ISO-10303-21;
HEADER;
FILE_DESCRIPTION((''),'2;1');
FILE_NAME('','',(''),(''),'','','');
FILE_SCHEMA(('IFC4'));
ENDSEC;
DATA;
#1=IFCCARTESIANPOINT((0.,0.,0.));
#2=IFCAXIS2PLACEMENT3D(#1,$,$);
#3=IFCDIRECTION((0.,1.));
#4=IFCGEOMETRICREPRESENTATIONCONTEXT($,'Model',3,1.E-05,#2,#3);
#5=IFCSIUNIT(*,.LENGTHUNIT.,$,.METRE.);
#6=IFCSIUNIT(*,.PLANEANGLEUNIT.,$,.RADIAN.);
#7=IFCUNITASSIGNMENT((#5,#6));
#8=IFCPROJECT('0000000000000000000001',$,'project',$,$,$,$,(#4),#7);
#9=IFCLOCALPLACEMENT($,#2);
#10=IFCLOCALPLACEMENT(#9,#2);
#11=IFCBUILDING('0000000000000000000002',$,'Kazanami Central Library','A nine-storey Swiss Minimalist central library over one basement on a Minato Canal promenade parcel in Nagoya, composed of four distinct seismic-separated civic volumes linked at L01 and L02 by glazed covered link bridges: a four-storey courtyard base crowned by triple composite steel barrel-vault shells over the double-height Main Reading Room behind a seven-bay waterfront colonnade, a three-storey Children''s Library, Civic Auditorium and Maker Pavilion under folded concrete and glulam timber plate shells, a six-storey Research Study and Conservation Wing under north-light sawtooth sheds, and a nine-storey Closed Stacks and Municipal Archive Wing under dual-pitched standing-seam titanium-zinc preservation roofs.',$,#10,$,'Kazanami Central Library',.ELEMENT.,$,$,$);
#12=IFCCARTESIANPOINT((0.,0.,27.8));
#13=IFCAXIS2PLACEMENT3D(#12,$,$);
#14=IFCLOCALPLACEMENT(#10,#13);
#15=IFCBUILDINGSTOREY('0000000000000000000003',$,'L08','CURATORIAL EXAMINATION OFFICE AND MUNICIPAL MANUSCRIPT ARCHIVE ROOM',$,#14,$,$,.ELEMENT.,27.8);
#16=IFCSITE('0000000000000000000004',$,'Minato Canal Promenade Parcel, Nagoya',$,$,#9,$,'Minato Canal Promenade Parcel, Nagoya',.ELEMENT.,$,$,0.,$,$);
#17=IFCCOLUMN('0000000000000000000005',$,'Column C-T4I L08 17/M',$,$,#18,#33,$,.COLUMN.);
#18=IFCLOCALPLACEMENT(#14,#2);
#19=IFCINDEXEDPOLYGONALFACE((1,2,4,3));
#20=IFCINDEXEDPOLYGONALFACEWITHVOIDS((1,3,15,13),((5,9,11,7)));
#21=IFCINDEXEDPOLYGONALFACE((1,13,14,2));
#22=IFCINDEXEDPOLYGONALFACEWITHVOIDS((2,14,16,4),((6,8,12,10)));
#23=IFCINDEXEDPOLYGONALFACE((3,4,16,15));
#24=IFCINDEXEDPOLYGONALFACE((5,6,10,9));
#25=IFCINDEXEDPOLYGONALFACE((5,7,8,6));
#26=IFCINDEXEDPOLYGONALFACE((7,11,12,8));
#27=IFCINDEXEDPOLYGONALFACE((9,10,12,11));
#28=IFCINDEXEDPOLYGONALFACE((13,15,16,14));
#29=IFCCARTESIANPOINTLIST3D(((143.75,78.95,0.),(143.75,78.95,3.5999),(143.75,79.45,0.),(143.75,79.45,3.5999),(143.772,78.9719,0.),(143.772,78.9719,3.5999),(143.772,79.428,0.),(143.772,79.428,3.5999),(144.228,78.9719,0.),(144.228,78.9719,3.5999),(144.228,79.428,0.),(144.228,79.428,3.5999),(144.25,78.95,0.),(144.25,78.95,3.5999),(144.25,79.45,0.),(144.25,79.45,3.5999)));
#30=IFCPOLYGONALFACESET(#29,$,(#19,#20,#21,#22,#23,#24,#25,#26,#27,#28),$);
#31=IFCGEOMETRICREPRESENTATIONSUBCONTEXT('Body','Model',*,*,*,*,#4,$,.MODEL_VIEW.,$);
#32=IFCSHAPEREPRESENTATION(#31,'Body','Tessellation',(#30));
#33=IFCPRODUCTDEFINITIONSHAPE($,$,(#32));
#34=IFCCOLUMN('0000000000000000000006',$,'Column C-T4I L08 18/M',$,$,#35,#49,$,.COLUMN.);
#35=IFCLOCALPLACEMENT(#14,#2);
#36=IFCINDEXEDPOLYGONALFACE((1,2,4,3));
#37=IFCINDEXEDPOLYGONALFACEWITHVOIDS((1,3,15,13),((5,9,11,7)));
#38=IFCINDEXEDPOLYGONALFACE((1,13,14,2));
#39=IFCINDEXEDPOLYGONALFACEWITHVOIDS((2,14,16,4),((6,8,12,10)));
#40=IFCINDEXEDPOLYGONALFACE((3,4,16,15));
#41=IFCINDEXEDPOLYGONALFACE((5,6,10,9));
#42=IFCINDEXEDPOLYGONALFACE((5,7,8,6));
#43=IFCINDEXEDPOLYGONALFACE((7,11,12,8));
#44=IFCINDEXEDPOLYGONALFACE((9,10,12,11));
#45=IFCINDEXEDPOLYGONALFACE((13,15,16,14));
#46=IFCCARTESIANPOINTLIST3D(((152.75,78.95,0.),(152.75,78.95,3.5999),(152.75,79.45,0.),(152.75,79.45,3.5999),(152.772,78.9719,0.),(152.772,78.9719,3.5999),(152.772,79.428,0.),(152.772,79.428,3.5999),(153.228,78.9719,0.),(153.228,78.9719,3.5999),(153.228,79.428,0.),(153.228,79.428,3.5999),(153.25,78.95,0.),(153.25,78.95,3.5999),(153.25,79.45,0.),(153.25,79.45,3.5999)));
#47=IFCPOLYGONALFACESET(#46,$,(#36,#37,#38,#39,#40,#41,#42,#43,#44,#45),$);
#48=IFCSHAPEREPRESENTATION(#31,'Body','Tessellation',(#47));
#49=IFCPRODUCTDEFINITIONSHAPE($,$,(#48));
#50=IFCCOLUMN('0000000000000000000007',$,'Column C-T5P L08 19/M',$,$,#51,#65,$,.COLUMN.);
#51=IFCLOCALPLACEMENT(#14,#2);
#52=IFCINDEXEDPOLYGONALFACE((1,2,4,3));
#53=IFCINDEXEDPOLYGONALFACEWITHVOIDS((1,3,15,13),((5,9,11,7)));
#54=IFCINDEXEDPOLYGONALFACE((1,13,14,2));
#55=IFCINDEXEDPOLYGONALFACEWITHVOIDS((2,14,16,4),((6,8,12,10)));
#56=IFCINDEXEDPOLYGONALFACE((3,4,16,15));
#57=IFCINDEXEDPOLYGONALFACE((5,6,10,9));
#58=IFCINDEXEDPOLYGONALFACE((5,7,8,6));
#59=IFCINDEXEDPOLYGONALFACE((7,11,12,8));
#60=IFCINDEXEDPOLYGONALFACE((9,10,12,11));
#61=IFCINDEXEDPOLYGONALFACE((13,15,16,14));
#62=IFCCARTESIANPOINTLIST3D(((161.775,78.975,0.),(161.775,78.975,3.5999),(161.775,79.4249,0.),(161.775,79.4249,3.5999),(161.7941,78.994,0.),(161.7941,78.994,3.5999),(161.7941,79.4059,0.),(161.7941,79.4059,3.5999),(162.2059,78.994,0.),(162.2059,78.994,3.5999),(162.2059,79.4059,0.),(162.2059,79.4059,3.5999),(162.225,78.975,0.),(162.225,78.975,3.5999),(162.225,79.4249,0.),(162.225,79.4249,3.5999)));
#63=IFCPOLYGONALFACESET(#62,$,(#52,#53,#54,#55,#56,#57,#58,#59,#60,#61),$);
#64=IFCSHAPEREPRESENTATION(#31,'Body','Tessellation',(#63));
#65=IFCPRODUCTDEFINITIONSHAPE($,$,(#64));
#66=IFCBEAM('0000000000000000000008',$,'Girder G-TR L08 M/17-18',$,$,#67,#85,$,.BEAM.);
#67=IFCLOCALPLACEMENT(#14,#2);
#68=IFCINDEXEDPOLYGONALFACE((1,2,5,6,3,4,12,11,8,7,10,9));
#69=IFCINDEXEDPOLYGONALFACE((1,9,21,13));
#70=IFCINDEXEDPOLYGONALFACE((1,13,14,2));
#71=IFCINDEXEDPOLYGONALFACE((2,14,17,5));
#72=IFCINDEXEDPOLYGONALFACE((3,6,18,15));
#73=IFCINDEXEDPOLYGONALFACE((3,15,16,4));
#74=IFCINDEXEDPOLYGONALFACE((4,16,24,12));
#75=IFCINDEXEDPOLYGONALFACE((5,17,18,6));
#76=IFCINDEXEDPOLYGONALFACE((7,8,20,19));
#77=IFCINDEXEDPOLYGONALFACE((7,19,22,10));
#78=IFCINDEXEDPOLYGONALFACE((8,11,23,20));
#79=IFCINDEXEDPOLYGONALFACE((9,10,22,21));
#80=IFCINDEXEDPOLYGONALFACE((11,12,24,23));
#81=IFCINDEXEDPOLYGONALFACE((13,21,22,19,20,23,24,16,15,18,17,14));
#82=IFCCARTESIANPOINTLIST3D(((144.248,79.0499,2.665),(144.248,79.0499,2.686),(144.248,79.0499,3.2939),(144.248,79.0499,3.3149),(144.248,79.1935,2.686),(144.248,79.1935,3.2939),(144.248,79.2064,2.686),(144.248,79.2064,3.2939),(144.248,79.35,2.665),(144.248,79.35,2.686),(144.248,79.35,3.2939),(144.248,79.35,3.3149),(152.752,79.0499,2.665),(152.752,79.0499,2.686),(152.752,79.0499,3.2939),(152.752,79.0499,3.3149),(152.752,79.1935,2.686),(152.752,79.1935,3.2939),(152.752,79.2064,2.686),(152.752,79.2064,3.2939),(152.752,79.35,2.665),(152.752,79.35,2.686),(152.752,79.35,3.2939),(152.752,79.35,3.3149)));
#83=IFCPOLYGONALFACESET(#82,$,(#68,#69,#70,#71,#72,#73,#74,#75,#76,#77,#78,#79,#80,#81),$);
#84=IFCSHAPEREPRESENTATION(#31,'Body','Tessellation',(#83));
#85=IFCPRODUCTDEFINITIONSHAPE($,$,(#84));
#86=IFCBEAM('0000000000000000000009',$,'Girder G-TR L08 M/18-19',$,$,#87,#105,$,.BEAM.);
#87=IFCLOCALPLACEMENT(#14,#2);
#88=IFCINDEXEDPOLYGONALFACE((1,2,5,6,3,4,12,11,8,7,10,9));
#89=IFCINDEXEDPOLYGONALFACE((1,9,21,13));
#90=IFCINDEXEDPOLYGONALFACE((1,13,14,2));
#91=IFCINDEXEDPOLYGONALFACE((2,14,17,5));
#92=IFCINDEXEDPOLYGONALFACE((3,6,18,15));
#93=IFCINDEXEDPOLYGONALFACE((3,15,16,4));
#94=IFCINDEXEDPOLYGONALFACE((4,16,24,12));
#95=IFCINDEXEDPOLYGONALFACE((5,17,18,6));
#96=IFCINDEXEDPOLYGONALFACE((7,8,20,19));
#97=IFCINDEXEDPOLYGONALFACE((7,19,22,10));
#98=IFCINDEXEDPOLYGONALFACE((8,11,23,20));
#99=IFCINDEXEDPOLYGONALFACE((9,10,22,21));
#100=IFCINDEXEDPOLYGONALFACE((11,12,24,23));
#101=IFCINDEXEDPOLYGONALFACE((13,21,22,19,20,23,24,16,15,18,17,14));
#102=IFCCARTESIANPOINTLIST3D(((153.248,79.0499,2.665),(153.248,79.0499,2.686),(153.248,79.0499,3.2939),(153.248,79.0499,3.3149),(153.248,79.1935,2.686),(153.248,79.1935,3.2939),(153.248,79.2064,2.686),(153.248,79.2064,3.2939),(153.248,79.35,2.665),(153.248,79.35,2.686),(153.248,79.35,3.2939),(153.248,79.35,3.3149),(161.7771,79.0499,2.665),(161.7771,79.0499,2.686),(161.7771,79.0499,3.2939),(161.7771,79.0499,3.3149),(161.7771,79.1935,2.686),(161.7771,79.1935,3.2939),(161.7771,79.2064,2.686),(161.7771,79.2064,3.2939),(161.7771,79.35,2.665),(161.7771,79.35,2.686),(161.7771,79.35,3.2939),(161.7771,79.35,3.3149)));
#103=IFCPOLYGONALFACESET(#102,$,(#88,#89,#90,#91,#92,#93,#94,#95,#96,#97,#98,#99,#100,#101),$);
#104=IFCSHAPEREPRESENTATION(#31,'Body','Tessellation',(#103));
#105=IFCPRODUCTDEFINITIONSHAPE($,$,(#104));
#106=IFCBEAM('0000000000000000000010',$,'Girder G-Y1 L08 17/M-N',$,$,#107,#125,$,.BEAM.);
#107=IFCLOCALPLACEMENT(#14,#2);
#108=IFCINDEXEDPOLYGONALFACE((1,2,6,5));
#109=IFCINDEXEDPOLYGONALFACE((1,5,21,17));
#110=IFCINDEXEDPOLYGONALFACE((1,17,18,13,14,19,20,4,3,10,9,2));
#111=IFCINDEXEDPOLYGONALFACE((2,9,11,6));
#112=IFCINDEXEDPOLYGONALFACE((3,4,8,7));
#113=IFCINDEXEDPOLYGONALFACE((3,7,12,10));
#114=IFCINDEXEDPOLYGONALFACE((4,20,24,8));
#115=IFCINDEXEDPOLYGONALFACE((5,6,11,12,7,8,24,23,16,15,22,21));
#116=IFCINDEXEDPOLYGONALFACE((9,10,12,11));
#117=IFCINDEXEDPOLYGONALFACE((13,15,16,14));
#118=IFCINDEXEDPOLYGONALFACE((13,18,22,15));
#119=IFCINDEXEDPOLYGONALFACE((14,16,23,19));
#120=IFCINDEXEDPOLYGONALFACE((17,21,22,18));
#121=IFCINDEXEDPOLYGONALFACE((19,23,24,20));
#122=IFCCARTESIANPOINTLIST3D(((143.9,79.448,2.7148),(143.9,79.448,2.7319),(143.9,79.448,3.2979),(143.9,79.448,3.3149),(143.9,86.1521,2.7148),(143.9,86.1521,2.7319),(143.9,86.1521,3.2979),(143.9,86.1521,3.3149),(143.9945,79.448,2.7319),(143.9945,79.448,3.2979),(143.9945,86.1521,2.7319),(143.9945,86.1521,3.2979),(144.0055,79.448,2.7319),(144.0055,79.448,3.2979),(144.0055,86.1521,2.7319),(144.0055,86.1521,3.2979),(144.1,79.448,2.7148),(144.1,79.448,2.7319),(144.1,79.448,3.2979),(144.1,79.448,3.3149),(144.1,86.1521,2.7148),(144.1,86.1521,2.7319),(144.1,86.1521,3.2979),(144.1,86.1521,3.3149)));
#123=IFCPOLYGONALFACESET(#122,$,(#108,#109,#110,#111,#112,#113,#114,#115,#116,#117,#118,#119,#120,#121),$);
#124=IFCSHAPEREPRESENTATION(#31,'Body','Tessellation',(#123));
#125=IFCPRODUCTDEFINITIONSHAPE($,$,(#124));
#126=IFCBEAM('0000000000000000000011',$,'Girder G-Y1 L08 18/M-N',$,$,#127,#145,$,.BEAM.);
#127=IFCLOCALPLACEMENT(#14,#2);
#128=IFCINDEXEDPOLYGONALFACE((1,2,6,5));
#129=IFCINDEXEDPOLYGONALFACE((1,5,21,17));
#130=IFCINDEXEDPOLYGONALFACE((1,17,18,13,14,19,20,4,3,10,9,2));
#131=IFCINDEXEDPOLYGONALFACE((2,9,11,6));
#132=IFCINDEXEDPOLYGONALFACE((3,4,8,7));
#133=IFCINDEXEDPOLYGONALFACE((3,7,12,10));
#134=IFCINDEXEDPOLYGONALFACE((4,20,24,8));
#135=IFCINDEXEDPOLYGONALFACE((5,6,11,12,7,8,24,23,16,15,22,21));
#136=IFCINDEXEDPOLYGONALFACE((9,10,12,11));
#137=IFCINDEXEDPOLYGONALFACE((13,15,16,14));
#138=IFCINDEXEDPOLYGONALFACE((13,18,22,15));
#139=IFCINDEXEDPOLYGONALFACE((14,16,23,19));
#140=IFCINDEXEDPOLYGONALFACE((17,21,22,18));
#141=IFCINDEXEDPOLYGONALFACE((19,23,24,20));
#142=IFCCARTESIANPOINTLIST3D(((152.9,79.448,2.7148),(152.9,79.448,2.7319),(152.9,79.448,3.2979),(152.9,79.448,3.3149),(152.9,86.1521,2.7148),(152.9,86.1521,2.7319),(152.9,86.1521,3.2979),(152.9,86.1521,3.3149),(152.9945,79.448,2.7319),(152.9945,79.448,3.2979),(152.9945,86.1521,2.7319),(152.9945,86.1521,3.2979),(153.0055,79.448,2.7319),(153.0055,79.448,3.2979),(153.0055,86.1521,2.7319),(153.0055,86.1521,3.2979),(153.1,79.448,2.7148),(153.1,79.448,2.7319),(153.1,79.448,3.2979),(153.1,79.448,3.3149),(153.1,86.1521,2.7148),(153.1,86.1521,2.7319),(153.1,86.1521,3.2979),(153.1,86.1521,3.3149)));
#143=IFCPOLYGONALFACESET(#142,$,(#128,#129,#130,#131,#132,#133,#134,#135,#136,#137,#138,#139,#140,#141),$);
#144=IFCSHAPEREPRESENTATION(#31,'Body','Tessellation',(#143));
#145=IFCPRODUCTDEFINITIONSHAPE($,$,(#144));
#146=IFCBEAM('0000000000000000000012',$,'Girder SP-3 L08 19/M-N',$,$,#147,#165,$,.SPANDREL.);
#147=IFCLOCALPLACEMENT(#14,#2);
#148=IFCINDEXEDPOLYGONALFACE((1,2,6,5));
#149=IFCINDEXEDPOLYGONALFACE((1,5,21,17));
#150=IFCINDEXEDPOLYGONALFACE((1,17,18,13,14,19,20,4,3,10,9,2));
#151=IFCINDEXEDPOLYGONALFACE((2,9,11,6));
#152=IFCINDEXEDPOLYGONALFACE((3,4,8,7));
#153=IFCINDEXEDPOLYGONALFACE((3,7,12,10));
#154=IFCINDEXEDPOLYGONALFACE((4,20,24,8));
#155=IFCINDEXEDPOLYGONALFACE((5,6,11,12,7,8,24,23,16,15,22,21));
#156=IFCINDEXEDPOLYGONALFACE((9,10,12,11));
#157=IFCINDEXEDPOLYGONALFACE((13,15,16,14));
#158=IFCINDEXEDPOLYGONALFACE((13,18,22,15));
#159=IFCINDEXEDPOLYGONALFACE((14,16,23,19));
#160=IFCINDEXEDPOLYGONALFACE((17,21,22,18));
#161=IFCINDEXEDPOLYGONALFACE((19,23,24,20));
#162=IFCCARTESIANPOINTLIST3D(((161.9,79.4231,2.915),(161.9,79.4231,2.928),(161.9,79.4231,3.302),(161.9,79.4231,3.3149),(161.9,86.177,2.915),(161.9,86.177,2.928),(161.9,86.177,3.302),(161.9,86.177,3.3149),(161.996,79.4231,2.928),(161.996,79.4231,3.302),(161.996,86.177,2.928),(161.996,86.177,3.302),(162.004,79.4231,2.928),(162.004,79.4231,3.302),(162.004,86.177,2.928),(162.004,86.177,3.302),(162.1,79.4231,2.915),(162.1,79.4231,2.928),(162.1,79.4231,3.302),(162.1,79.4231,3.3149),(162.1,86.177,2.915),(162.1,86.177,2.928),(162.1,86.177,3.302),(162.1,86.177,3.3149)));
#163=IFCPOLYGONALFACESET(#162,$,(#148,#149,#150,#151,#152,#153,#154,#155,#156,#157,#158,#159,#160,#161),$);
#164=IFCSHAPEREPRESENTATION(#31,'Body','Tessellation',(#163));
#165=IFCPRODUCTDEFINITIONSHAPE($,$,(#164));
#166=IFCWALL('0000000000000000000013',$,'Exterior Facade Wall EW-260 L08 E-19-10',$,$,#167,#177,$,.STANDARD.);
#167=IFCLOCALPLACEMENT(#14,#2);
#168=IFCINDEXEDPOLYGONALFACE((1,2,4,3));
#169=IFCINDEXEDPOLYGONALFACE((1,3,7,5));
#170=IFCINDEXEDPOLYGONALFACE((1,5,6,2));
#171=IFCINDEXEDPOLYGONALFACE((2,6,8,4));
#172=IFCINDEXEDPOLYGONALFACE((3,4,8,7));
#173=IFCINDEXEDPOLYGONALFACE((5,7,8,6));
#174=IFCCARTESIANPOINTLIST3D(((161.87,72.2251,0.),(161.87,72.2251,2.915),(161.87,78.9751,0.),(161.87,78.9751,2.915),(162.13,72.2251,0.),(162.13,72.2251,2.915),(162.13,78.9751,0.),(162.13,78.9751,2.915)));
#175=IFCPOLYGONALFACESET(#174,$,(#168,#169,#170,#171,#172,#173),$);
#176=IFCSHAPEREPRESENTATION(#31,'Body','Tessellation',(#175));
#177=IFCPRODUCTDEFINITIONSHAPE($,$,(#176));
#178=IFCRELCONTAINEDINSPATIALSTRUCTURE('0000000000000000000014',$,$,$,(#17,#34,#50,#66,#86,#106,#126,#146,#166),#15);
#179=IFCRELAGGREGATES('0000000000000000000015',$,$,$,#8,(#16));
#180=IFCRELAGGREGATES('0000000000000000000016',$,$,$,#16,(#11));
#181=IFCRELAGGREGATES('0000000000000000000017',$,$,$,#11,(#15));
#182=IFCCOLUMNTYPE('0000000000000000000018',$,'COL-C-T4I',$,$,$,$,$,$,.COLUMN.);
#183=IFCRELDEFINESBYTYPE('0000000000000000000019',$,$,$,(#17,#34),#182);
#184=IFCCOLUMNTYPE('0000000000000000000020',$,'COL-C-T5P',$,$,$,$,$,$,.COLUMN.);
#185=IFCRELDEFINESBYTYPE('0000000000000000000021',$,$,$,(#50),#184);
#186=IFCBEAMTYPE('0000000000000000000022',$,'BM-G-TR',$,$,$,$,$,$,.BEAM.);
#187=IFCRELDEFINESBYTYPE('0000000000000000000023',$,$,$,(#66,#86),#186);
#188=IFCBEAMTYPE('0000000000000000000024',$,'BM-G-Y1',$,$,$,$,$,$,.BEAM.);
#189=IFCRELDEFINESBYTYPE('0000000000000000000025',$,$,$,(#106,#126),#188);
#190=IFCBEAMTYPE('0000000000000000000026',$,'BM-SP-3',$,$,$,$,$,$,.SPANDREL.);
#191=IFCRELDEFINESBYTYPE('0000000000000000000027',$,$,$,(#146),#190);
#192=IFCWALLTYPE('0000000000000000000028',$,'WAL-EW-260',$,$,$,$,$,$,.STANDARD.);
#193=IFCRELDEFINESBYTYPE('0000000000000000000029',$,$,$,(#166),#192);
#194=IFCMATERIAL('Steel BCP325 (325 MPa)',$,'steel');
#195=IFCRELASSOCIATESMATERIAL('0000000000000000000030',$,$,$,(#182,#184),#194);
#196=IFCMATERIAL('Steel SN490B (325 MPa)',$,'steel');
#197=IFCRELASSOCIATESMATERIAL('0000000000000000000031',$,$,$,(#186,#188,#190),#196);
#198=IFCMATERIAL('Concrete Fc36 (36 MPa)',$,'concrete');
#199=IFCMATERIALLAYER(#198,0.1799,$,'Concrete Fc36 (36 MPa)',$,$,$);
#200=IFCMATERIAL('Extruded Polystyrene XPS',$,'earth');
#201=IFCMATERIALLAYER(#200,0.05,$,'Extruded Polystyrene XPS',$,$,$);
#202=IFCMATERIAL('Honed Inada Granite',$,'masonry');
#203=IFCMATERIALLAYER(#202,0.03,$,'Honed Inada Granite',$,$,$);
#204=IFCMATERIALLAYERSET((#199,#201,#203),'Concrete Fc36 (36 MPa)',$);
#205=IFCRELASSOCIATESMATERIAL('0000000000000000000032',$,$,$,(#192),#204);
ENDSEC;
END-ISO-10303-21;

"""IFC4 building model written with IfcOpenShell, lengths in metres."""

from ifc_helpers import new_model, si_unit, direction, frame, frame_2d, origin, origin_2d, place, context, subcontext, project, spatial, rectangle, hollow_rectangle, i_section, extrude, material, layer, layer_set, material_profile, profile_set, type_object, element, save


model = new_model("IFC4")

# Units and contexts
model_context = context("Model", 3, precision=1e-05, world=origin(), true_north=direction((0.0, 1.0)))
body_context = subcontext(model_context, "Body", "Model", "MODEL_VIEW")
ifc_project = project(units=[si_unit("LENGTHUNIT", "METRE"), si_unit("PLANEANGLEUNIT", "RADIAN")], contexts=[model_context])

# Site, building, storey
site_placement = place(None, origin())
site = spatial("IfcSite", under=ifc_project, at=site_placement, Name="Minato Canal Promenade Parcel, Nagoya", LongName="Minato Canal Promenade Parcel, Nagoya", CompositionType="ELEMENT", RefElevation=0.0)
building_placement = place(site_placement, origin())
building = spatial("IfcBuilding", under=site, at=building_placement, Name="Kazanami Central Library", Description="A nine-storey Swiss Minimalist central library over one basement on a Minato Canal promenade parcel in Nagoya, composed of four distinct seismic-separated civic volumes linked at L01 and L02 by glazed covered link bridges: a four-storey courtyard base crowned by triple composite steel barrel-vault shells over the double-height Main Reading Room behind a seven-bay waterfront colonnade, a three-storey Children's Library, Civic Auditorium and Maker Pavilion under folded concrete and glulam timber plate shells, a six-storey Research Study and Conservation Wing under north-light sawtooth sheds, and a nine-storey Closed Stacks and Municipal Archive Wing under dual-pitched standing-seam titanium-zinc preservation roofs.", LongName="Kazanami Central Library", CompositionType="ELEMENT")
storey_placement = place(building_placement, frame((0.0, 0.0, 27.8)))
storey = spatial("IfcBuildingStorey", under=building, at=storey_placement, Name="L08", Description="CURATORIAL EXAMINATION OFFICE AND MUNICIPAL MANUSCRIPT ARCHIVE ROOM", CompositionType="ELEMENT", Elevation=27.8)

# Columns
ifc_material_1 = material(Name="Steel BCP325 (325 MPa)", Category="steel")
ifc_material_profile_1 = material_profile(ifc_material_1, hollow_rectangle(XDim=0.5, YDim=0.5, WallThickness=0.022, at=origin_2d()), Name="BCP-500x500x22")
ifc_profile_set_1 = profile_set([ifc_material_profile_1], Name="Steel BCP325 (325 MPa)")
column_type_1 = type_object("IfcColumnType", Name="COL-C-T4I", PredefinedType="COLUMN", material=ifc_profile_set_1)
for number, where, z_axis, x_axis, name in (
    (1, (144.0, 79.2, 0.0), (0.0, 0.0, 1.0), (1.0, 0.0, 0.0), "Column C-T4I L08 17/M"),
    (2, (153.0, 79.2, 0.0), (0.0, 0.0, 1.0), (1.0, 0.0, 0.0), "Column C-T4I L08 18/M"),
):
    element("IfcColumn", number, at=place(storey_placement, frame(where, z_axis=z_axis, x_axis=x_axis)), inside=storey, type_object=column_type_1, Name=name, PredefinedType="COLUMN", context=body_context, shape_type="SweptSolid", body=[
        extrude(hollow_rectangle(XDim=0.5, YDim=0.5, WallThickness=0.022, at=origin_2d()), origin(), (0.0, 0.0, 1.0), 3.5999),
    ])
ifc_material_profile_2 = material_profile(ifc_material_1, hollow_rectangle(XDim=0.45, YDim=0.45, WallThickness=0.019, at=origin_2d()), Name="BCP-450x450x19")
ifc_profile_set_2 = profile_set([ifc_material_profile_2], Name="Steel BCP325 (325 MPa)")
column_type_2 = type_object("IfcColumnType", Name="COL-C-T5P", PredefinedType="COLUMN", material=ifc_profile_set_2)
column_placement = place(storey_placement, frame((162.0, 79.2, 0.0), z_axis=(0.0, 0.0, 1.0), x_axis=(1.0, 0.0, 0.0)))
element("IfcColumn", 3, at=column_placement, inside=storey, type_object=column_type_2, Name="Column C-T5P L08 19/M", PredefinedType="COLUMN", context=body_context, shape_type="SweptSolid", body=[
    extrude(hollow_rectangle(XDim=0.45, YDim=0.45, WallThickness=0.019, at=origin_2d()), origin(), (0.0, 0.0, 1.0), 3.5999),
])

# Beams
ifc_material_2 = material(Name="Steel SN490B (325 MPa)", Category="steel")
ifc_material_profile_3 = material_profile(ifc_material_2, i_section(OverallWidth=0.3, OverallDepth=0.6499, WebThickness=0.0129, FlangeThickness=0.021, at=origin_2d()), Name="H-650x300x13x21")
ifc_profile_set_3 = profile_set([ifc_material_profile_3], Name="Steel SN490B (325 MPa)")
beam_type_1 = type_object("IfcBeamType", Name="BM-G-TR", PredefinedType="BEAM", material=ifc_profile_set_3)
beam_1_placement = place(storey_placement, frame((144.248, 79.2, 2.99), z_axis=(1.0, 0.0, 0.0), x_axis=(0.0, 1.0, 0.0)))
element("IfcBeam", 4, at=beam_1_placement, inside=storey, type_object=beam_type_1, Name="Girder G-TR L08 M/17-18", PredefinedType="BEAM", context=body_context, shape_type="SweptSolid", body=[
    extrude(i_section(OverallWidth=0.3, OverallDepth=0.6499, WebThickness=0.0129, FlangeThickness=0.021, at=origin_2d()), origin(), (0.0, 0.0, 1.0), 8.5039),
])
beam_2_placement = place(storey_placement, frame((153.248, 79.2, 2.99), z_axis=(1.0, 0.0, 0.0), x_axis=(0.0, 1.0, 0.0)))
element("IfcBeam", 5, at=beam_2_placement, inside=storey, type_object=beam_type_1, Name="Girder G-TR L08 M/18-19", PredefinedType="BEAM", context=body_context, shape_type="SweptSolid", body=[
    extrude(i_section(OverallWidth=0.3, OverallDepth=0.6499, WebThickness=0.0129, FlangeThickness=0.021, at=origin_2d()), origin(), (0.0, 0.0, 1.0), 8.5291),
])
ifc_material_profile_4 = material_profile(ifc_material_2, i_section(OverallWidth=0.2, OverallDepth=0.6001, WebThickness=0.011, FlangeThickness=0.0171, at=origin_2d()), Name="H-600x200x11x17")
ifc_profile_set_4 = profile_set([ifc_material_profile_4], Name="Steel SN490B (325 MPa)")
beam_type_2 = type_object("IfcBeamType", Name="BM-G-Y1", PredefinedType="BEAM", material=ifc_profile_set_4)
for number, where, z_axis, x_axis, name in (
    (6, (144.0, 79.448, 3.0149), (0.0, 1.0, 0.0), (-1.0, 0.0, 0.0), "Girder G-Y1 L08 17/M-N"),
    (7, (153.0, 79.448, 3.0149), (0.0, 1.0, 0.0), (-1.0, 0.0, 0.0), "Girder G-Y1 L08 18/M-N"),
):
    element("IfcBeam", number, at=place(storey_placement, frame(where, z_axis=z_axis, x_axis=x_axis)), inside=storey, type_object=beam_type_2, Name=name, PredefinedType="BEAM", context=body_context, shape_type="SweptSolid", body=[
        extrude(i_section(OverallWidth=0.2, OverallDepth=0.6001, WebThickness=0.011, FlangeThickness=0.0171, at=origin_2d()), origin(), (0.0, 0.0, 1.0), 6.7041),
    ])
ifc_material_profile_5 = material_profile(ifc_material_2, i_section(OverallWidth=0.2, OverallDepth=0.3999, WebThickness=0.0081, FlangeThickness=0.0129, at=origin_2d()), Name="H-400x200x8x13")
ifc_profile_set_5 = profile_set([ifc_material_profile_5], Name="Steel SN490B (325 MPa)")
beam_type_3 = type_object("IfcBeamType", Name="BM-SP-3", PredefinedType="SPANDREL", material=ifc_profile_set_5)
beam_3_placement = place(storey_placement, frame((162.0, 79.4231, 3.115), z_axis=(0.0, 1.0, 0.0), x_axis=(-1.0, 0.0, 0.0)))
element("IfcBeam", 8, at=beam_3_placement, inside=storey, type_object=beam_type_3, Name="Girder SP-3 L08 19/M-N", PredefinedType="SPANDREL", context=body_context, shape_type="SweptSolid", body=[
    extrude(i_section(OverallWidth=0.2, OverallDepth=0.3999, WebThickness=0.0081, FlangeThickness=0.0129, at=origin_2d()), origin(), (0.0, 0.0, 1.0), 6.7539),
])

# Wall
ifc_material_3 = material(Name="Concrete Fc36 (36 MPa)", Category="concrete")
ifc_layer_1 = layer(ifc_material_3, 0.1799, Name="Concrete Fc36 (36 MPa)")
ifc_material_4 = material(Name="Extruded Polystyrene XPS", Category="earth")
ifc_layer_2 = layer(ifc_material_4, 0.05, Name="Extruded Polystyrene XPS")
ifc_material_5 = material(Name="Honed Inada Granite", Category="masonry")
ifc_layer_3 = layer(ifc_material_5, 0.03, Name="Honed Inada Granite")
ifc_layer_set_1 = layer_set([ifc_layer_1, ifc_layer_2, ifc_layer_3], Name="Concrete Fc36 (36 MPa)")
wall_type_1 = type_object("IfcWallType", Name="WAL-EW-260", PredefinedType="STANDARD", material=ifc_layer_set_1)
wall_1_placement = place(storey_placement, frame((162.0, 78.9751, 0.0), z_axis=(0.0, 0.0, 1.0), x_axis=(0.0, -1.0, 0.0)))
element("IfcWall", 9, at=wall_1_placement, inside=storey, type_object=wall_type_1, Name="Exterior Facade Wall EW-260 L08 E-19-10", PredefinedType="STANDARD", context=body_context, shape_type="SweptSolid", body=[
    extrude(rectangle(XDim=6.75, YDim=0.26, at=frame_2d((3.375, 0.0))), origin(), (0.0, 0.0, 1.0), 2.915),
])

save(model, "model.ifc")
